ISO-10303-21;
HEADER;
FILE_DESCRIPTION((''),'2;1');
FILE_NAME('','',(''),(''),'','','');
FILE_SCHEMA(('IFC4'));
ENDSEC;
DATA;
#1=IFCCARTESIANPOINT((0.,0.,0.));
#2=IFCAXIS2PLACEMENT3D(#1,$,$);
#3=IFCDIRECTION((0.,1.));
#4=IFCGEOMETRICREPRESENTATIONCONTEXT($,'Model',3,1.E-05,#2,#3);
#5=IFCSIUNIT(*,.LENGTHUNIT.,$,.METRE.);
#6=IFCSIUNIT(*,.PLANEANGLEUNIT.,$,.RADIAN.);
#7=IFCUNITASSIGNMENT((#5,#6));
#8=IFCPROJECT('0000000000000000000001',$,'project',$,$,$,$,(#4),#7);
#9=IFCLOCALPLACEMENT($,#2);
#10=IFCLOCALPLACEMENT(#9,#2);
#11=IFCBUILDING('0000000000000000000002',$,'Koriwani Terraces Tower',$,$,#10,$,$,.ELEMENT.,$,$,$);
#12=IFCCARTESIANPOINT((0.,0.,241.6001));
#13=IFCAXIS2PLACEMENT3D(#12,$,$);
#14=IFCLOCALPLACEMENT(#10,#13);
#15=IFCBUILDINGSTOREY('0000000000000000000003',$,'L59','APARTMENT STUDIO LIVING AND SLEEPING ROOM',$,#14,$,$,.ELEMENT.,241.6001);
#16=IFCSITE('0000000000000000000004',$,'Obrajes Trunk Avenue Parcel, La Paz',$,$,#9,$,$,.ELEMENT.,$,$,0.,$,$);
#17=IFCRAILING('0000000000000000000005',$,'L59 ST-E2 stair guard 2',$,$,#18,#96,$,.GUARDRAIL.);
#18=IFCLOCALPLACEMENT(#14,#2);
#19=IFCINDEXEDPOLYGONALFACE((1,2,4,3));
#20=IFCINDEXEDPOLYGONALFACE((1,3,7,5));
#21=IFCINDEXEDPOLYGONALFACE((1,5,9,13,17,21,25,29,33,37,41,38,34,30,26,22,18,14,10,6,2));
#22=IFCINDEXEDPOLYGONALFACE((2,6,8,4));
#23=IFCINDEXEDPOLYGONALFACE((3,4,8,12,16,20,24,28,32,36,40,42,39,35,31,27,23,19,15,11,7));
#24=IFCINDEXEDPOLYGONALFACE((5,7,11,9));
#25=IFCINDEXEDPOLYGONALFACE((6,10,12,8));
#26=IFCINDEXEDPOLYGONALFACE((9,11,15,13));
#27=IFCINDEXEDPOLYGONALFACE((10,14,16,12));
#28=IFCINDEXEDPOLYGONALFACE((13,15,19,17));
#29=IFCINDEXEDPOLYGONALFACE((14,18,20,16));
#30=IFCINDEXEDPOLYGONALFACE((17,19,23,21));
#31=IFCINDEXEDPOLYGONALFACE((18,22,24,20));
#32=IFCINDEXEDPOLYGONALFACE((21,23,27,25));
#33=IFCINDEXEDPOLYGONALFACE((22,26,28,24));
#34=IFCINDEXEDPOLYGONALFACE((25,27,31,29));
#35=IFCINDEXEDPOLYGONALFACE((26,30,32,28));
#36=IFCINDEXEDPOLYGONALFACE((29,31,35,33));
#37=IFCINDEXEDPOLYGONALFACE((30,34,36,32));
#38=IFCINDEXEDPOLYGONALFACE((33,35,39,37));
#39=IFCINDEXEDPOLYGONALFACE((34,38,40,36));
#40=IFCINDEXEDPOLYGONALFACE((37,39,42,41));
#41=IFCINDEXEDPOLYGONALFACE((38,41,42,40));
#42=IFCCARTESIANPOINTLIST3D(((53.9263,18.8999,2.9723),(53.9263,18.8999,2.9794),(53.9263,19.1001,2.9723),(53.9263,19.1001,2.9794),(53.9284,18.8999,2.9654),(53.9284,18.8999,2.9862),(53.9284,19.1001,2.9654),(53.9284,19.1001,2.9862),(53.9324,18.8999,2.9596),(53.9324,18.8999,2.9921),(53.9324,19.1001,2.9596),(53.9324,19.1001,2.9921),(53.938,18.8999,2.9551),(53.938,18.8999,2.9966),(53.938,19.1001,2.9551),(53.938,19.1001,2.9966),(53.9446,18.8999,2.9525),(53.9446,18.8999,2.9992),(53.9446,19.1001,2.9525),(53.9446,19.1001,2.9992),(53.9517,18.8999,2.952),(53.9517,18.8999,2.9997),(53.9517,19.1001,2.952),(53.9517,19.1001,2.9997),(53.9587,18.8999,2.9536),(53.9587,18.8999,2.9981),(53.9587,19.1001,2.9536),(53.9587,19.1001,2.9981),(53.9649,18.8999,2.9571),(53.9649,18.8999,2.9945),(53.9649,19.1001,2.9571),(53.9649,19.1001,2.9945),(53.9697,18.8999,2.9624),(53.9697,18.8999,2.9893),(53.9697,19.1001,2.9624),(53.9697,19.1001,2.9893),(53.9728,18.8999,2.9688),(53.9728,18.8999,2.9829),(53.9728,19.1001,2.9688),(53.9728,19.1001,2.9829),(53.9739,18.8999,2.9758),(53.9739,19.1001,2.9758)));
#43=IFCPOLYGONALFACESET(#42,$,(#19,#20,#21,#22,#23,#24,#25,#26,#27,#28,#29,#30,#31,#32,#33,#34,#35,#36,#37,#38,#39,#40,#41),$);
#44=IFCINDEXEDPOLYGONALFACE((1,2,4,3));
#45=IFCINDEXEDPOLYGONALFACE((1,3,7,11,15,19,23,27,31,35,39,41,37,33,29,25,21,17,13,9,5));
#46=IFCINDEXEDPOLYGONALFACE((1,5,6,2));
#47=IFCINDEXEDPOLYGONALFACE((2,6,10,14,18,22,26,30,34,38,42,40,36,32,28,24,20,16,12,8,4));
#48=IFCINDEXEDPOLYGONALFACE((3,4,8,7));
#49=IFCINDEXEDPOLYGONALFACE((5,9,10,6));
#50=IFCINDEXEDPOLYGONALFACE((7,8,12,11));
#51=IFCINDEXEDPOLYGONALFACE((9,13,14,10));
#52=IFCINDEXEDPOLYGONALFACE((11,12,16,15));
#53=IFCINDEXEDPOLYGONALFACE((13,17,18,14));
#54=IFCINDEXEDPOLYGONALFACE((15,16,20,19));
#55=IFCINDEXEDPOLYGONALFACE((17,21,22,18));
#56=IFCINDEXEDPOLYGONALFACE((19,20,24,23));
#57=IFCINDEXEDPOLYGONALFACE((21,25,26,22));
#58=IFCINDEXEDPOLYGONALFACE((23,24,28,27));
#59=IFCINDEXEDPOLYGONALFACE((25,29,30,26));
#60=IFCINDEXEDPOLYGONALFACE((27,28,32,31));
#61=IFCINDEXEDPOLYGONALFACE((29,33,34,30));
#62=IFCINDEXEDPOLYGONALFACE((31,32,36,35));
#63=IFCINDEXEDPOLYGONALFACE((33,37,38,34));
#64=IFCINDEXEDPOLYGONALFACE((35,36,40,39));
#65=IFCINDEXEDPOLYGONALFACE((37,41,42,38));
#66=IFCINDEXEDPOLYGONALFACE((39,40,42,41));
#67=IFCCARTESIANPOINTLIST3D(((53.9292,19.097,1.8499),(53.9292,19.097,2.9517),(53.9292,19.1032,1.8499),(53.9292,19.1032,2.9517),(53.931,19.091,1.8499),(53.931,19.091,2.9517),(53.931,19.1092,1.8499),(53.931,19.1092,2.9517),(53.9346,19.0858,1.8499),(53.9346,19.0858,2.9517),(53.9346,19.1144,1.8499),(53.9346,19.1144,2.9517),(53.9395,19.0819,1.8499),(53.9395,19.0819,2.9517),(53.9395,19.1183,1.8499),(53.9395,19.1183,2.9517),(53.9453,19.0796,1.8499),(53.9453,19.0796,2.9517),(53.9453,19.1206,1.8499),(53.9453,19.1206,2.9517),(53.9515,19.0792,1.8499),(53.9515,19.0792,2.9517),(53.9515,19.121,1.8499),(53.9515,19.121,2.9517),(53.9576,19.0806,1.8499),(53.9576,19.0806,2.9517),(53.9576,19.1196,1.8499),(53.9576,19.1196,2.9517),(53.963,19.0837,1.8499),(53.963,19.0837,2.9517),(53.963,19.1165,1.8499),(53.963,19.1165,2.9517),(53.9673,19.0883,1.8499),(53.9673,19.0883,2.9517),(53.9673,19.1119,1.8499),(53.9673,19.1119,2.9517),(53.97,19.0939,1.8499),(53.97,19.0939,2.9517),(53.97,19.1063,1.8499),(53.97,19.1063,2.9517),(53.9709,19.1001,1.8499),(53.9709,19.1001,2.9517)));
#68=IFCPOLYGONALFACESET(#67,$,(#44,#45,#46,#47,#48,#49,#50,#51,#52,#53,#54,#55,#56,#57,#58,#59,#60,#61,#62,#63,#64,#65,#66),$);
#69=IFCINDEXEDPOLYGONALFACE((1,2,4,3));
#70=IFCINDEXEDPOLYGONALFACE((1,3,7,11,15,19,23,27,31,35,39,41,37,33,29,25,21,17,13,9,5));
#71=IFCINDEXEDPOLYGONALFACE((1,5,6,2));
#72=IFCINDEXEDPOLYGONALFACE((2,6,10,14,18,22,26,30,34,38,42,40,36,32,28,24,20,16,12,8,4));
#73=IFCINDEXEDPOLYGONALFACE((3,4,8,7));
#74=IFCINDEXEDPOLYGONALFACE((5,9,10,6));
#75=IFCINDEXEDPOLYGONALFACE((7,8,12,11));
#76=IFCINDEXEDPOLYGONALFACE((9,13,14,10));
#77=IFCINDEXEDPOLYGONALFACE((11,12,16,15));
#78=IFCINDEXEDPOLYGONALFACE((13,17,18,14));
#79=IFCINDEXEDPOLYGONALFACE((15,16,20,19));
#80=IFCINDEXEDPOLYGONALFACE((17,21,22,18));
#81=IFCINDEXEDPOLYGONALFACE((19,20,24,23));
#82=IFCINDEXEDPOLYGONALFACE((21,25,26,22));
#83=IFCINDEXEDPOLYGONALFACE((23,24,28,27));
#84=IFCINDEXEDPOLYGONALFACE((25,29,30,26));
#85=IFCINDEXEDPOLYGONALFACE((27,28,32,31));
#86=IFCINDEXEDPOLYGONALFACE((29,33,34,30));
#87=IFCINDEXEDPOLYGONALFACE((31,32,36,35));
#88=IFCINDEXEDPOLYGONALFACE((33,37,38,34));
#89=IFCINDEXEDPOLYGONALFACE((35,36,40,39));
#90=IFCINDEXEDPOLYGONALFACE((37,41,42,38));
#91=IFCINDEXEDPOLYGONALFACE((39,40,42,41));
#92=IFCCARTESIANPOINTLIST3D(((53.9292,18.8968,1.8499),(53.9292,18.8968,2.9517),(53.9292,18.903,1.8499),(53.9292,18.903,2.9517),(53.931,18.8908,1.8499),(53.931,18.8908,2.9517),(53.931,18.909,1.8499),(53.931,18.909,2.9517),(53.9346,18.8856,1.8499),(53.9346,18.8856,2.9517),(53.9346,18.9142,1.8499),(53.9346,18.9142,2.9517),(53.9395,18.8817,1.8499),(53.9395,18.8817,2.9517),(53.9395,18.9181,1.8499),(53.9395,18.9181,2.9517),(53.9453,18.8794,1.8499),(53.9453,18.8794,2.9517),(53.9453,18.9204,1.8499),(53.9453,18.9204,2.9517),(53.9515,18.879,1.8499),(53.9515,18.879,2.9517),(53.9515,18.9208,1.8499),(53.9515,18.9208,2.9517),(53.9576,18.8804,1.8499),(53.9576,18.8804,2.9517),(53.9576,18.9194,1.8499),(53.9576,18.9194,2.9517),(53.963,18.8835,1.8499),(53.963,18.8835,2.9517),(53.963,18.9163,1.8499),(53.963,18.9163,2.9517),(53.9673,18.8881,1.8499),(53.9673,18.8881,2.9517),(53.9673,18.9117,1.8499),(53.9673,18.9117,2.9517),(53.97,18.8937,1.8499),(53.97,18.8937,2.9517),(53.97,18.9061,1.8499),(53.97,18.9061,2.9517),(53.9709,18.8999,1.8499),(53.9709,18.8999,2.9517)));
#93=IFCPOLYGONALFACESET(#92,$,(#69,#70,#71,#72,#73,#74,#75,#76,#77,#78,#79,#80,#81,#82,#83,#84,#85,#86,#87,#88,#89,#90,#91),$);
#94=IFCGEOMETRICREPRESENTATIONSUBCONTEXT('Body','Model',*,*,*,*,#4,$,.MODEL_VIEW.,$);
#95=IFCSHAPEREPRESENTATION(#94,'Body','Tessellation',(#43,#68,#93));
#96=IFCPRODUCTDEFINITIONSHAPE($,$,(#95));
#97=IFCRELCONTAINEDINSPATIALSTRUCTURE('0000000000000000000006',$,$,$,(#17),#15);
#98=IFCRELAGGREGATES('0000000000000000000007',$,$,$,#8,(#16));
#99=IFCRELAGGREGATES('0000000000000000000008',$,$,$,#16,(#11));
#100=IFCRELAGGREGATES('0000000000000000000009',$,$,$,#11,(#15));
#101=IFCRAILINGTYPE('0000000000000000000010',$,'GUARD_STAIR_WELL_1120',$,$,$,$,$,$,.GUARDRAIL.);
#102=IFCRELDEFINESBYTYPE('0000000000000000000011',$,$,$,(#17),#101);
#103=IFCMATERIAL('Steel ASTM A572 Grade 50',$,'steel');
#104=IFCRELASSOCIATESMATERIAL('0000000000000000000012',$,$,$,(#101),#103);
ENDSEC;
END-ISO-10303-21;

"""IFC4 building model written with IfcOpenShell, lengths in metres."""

from ifc_helpers import new_model, si_unit, direction, frame, origin, origin_2d, place, context, subcontext, project, spatial, circle, extrude, material, type_object, element, save


model = new_model("IFC4")

# Units and contexts
model_context = context("Model", 3, precision=1e-05, world=origin(), true_north=direction((0.0, 1.0)))
body_context = subcontext(model_context, "Body", "Model", "MODEL_VIEW")
ifc_project = project(units=[si_unit("LENGTHUNIT", "METRE"), si_unit("PLANEANGLEUNIT", "RADIAN")], contexts=[model_context])

# Site, building, storey
site_placement = place(None, origin())
site = spatial("IfcSite", under=ifc_project, at=site_placement, Name="Obrajes Trunk Avenue Parcel, La Paz", CompositionType="ELEMENT", RefElevation=0.0)
building_placement = place(site_placement, origin())
building = spatial("IfcBuilding", under=site, at=building_placement, Name="Koriwani Terraces Tower", CompositionType="ELEMENT")
storey_placement = place(building_placement, frame((0.0, 0.0, 241.6001)))
storey = spatial("IfcBuildingStorey", under=building, at=storey_placement, Name="L59", Description="APARTMENT STUDIO LIVING AND SLEEPING ROOM", CompositionType="ELEMENT", Elevation=241.6001)

# Shared definitions
ifc_material_1 = material(Name="Steel ASTM A572 Grade 50", Category="steel")

# Railing
railing_type_1 = type_object("IfcRailingType", Name="GUARD_STAIR_WELL_1120", PredefinedType="GUARDRAIL", material=ifc_material_1)
railing_1_placement = place(storey_placement, frame((53.95, 19.1001, 1.8499)))
element("IfcRailing", 1, at=railing_1_placement, inside=storey, type_object=railing_type_1, Name="L59 ST-E2 stair guard 2", PredefinedType="GUARDRAIL", context=body_context, shape_type="SweptSolid", body=[
    extrude(circle(Radius=0.0239, at=origin_2d()), frame((0.0, 0.0, 1.126), z_axis=(0.0, -1.0, 0.0), x_axis=(1.0, 0.0, 0.0)), (0.0, 0.0, 1.0), 0.2002),
    extrude(circle(Radius=0.021, at=origin_2d()), origin(), (0.0, 0.0, 1.0), 1.1018),
    extrude(circle(Radius=0.021, at=origin_2d()), frame((0.0, -0.2002, 0.0)), (0.0, 0.0, 1.0), 1.1018),
])

save(model, "model.ifc")
